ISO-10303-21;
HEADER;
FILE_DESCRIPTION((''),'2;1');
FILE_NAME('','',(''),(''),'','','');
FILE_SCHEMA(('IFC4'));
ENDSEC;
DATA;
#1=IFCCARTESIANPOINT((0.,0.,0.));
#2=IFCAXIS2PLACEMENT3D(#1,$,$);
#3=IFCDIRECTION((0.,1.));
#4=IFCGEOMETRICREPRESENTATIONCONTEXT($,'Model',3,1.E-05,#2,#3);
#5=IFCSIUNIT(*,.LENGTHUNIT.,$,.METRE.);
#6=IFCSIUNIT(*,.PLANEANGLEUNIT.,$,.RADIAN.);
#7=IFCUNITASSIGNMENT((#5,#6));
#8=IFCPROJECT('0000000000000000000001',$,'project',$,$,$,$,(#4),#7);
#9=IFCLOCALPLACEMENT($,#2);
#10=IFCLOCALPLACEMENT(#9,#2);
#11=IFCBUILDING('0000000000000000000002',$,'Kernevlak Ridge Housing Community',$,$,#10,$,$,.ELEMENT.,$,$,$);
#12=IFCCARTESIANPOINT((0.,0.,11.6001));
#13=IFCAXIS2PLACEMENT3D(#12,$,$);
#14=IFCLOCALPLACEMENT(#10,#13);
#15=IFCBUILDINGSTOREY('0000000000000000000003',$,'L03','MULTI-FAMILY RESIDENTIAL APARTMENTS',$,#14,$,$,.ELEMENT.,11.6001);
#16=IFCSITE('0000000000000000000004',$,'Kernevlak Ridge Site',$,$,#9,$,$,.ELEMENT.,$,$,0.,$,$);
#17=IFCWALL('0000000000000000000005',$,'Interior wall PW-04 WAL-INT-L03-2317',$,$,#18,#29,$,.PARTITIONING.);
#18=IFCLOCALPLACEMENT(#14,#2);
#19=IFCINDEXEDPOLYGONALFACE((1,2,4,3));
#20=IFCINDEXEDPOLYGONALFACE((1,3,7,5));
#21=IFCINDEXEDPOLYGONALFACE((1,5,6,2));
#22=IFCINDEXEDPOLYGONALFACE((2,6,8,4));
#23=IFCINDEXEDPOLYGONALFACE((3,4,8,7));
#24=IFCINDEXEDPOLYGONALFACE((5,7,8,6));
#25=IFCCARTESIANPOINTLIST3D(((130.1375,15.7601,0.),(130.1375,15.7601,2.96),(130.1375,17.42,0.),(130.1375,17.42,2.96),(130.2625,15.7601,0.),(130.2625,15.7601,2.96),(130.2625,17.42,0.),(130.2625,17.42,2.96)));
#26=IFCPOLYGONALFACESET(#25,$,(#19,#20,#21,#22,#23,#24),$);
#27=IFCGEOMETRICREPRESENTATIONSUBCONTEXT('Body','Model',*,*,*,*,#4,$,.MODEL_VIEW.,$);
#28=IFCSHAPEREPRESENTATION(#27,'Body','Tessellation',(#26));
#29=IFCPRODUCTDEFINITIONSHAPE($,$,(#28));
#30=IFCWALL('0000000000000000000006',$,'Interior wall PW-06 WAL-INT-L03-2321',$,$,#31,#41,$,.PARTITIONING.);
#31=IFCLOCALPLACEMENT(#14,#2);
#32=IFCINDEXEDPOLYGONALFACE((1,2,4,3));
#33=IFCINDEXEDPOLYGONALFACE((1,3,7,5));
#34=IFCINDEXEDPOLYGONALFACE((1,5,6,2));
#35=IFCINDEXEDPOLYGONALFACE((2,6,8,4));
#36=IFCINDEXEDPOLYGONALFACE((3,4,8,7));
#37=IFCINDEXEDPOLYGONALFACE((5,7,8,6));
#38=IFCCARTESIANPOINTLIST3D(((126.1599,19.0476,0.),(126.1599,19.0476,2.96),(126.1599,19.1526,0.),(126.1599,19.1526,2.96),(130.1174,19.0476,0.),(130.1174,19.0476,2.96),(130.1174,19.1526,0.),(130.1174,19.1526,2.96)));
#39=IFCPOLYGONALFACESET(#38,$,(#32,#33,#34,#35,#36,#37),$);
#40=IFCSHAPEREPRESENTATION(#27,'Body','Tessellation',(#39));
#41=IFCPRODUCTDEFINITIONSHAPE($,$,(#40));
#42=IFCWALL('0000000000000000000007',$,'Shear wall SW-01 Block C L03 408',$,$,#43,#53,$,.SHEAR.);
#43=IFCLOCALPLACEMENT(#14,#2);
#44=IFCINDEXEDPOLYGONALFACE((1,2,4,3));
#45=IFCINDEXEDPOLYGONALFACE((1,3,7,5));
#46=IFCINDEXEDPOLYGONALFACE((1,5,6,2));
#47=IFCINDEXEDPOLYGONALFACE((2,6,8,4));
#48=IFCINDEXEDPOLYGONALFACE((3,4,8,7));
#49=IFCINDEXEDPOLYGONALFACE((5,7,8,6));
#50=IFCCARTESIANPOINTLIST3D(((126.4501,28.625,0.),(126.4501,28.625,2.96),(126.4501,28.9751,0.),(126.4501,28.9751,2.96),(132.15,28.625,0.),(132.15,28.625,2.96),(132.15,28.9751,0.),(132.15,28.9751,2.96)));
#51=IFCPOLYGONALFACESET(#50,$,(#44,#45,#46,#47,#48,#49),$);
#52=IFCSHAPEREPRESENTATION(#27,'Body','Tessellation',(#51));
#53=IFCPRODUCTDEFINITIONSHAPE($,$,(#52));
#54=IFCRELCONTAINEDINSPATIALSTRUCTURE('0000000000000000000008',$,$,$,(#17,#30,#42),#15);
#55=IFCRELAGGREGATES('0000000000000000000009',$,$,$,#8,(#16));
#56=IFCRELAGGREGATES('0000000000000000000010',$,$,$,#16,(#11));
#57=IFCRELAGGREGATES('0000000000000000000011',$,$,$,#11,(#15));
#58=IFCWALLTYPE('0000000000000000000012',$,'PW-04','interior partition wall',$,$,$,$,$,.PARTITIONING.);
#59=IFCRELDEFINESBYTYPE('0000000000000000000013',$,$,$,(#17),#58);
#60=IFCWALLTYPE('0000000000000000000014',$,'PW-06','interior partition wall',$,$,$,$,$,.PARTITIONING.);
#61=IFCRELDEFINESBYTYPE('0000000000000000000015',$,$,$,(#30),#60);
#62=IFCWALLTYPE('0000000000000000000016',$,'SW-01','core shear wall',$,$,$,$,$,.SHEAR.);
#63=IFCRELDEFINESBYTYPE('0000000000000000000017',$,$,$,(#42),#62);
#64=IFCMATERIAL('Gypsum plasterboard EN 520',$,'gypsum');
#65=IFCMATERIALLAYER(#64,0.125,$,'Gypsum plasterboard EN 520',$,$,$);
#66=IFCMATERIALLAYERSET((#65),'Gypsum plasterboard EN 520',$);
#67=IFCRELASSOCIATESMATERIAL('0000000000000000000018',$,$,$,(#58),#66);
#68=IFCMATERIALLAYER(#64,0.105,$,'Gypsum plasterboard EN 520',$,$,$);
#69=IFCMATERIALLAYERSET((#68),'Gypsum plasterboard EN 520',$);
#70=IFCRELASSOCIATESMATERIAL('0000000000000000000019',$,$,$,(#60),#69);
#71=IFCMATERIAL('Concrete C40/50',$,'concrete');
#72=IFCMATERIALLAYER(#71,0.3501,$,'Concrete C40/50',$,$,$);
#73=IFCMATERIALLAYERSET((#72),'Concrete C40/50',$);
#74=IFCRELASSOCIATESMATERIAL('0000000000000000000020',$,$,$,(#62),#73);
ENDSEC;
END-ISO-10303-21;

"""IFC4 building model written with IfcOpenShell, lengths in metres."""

from ifc_helpers import new_model, si_unit, direction, frame, frame_2d, origin, place, context, subcontext, project, spatial, rectangle, extrude, material, layer, layer_set, type_object, element, save


model = new_model("IFC4")

# Units and contexts
model_context = context("Model", 3, precision=1e-05, world=origin(), true_north=direction((0.0, 1.0)))
body_context = subcontext(model_context, "Body", "Model", "MODEL_VIEW")
ifc_project = project(units=[si_unit("LENGTHUNIT", "METRE"), si_unit("PLANEANGLEUNIT", "RADIAN")], contexts=[model_context])

# Site, building, storey
site_placement = place(None, origin())
site = spatial("IfcSite", under=ifc_project, at=site_placement, Name="Kernevlak Ridge Site", CompositionType="ELEMENT", RefElevation=0.0)
building_placement = place(site_placement, origin())
building = spatial("IfcBuilding", under=site, at=building_placement, Name="Kernevlak Ridge Housing Community", CompositionType="ELEMENT")
storey_placement = place(building_placement, frame((0.0, 0.0, 11.6001)))
storey = spatial("IfcBuildingStorey", under=building, at=storey_placement, Name="L03", Description="MULTI-FAMILY RESIDENTIAL APARTMENTS", CompositionType="ELEMENT", Elevation=11.6001)

# Shared definitions
ifc_material_1 = material(Name="Concrete C40/50", Category="concrete")

# Walls
ifc_material_2 = material(Name="Gypsum plasterboard EN 520", Category="gypsum")
ifc_layer_1 = layer(ifc_material_2, 0.125, Name="Gypsum plasterboard EN 520")
ifc_layer_set_1 = layer_set([ifc_layer_1], Name="Gypsum plasterboard EN 520")
wall_type_1 = type_object("IfcWallType", Name="PW-04", Description="interior partition wall", PredefinedType="PARTITIONING", material=ifc_layer_set_1)
wall_1_placement = place(storey_placement, frame((130.2, 15.76, 0.0), z_axis=(0.0, 0.0, 1.0), x_axis=(0.0, 1.0, 0.0)))
element("IfcWall", 1, at=wall_1_placement, inside=storey, type_object=wall_type_1, Name="Interior wall PW-04 WAL-INT-L03-2317", PredefinedType="PARTITIONING", context=body_context, shape_type="SweptSolid", body=[
    extrude(rectangle(XDim=1.6599, YDim=0.125, at=frame_2d((0.8301, 0.0))), origin(), (0.0, 0.0, 1.0), 2.96),
])
ifc_layer_2 = layer(ifc_material_2, 0.105, Name="Gypsum plasterboard EN 520")
ifc_layer_set_2 = layer_set([ifc_layer_2], Name="Gypsum plasterboard EN 520")
wall_type_2 = type_object("IfcWallType", Name="PW-06", Description="interior partition wall", PredefinedType="PARTITIONING", material=ifc_layer_set_2)
wall_2_placement = place(storey_placement, frame((130.1174, 19.1001, 0.0), z_axis=(0.0, 0.0, 1.0), x_axis=(-1.0, 0.0, 0.0)))
element("IfcWall", 2, at=wall_2_placement, inside=storey, type_object=wall_type_2, Name="Interior wall PW-06 WAL-INT-L03-2321", PredefinedType="PARTITIONING", context=body_context, shape_type="SweptSolid", body=[
    extrude(rectangle(XDim=3.9575, YDim=0.105, at=frame_2d((1.9788, 0.0))), origin(), (0.0, 0.0, 1.0), 2.96),
])
ifc_layer_3 = layer(ifc_material_1, 0.3501, Name="Concrete C40/50")
ifc_layer_set_3 = layer_set([ifc_layer_3], Name="Concrete C40/50")
wall_type_3 = type_object("IfcWallType", Name="SW-01", Description="core shear wall", PredefinedType="SHEAR", material=ifc_layer_set_3)
wall_3_placement = place(storey_placement, frame((126.45, 28.8, 0.0), z_axis=(0.0, 0.0, 1.0), x_axis=(1.0, 0.0, 0.0)))
element("IfcWall", 3, at=wall_3_placement, inside=storey, type_object=wall_type_3, Name="Shear wall SW-01 Block C L03 408", PredefinedType="SHEAR", context=body_context, shape_type="SweptSolid", body=[
    extrude(rectangle(XDim=5.7, YDim=0.3501, at=frame_2d((2.8501, 0.0))), origin(), (0.0, 0.0, 1.0), 2.96),
])

save(model, "model.ifc")
